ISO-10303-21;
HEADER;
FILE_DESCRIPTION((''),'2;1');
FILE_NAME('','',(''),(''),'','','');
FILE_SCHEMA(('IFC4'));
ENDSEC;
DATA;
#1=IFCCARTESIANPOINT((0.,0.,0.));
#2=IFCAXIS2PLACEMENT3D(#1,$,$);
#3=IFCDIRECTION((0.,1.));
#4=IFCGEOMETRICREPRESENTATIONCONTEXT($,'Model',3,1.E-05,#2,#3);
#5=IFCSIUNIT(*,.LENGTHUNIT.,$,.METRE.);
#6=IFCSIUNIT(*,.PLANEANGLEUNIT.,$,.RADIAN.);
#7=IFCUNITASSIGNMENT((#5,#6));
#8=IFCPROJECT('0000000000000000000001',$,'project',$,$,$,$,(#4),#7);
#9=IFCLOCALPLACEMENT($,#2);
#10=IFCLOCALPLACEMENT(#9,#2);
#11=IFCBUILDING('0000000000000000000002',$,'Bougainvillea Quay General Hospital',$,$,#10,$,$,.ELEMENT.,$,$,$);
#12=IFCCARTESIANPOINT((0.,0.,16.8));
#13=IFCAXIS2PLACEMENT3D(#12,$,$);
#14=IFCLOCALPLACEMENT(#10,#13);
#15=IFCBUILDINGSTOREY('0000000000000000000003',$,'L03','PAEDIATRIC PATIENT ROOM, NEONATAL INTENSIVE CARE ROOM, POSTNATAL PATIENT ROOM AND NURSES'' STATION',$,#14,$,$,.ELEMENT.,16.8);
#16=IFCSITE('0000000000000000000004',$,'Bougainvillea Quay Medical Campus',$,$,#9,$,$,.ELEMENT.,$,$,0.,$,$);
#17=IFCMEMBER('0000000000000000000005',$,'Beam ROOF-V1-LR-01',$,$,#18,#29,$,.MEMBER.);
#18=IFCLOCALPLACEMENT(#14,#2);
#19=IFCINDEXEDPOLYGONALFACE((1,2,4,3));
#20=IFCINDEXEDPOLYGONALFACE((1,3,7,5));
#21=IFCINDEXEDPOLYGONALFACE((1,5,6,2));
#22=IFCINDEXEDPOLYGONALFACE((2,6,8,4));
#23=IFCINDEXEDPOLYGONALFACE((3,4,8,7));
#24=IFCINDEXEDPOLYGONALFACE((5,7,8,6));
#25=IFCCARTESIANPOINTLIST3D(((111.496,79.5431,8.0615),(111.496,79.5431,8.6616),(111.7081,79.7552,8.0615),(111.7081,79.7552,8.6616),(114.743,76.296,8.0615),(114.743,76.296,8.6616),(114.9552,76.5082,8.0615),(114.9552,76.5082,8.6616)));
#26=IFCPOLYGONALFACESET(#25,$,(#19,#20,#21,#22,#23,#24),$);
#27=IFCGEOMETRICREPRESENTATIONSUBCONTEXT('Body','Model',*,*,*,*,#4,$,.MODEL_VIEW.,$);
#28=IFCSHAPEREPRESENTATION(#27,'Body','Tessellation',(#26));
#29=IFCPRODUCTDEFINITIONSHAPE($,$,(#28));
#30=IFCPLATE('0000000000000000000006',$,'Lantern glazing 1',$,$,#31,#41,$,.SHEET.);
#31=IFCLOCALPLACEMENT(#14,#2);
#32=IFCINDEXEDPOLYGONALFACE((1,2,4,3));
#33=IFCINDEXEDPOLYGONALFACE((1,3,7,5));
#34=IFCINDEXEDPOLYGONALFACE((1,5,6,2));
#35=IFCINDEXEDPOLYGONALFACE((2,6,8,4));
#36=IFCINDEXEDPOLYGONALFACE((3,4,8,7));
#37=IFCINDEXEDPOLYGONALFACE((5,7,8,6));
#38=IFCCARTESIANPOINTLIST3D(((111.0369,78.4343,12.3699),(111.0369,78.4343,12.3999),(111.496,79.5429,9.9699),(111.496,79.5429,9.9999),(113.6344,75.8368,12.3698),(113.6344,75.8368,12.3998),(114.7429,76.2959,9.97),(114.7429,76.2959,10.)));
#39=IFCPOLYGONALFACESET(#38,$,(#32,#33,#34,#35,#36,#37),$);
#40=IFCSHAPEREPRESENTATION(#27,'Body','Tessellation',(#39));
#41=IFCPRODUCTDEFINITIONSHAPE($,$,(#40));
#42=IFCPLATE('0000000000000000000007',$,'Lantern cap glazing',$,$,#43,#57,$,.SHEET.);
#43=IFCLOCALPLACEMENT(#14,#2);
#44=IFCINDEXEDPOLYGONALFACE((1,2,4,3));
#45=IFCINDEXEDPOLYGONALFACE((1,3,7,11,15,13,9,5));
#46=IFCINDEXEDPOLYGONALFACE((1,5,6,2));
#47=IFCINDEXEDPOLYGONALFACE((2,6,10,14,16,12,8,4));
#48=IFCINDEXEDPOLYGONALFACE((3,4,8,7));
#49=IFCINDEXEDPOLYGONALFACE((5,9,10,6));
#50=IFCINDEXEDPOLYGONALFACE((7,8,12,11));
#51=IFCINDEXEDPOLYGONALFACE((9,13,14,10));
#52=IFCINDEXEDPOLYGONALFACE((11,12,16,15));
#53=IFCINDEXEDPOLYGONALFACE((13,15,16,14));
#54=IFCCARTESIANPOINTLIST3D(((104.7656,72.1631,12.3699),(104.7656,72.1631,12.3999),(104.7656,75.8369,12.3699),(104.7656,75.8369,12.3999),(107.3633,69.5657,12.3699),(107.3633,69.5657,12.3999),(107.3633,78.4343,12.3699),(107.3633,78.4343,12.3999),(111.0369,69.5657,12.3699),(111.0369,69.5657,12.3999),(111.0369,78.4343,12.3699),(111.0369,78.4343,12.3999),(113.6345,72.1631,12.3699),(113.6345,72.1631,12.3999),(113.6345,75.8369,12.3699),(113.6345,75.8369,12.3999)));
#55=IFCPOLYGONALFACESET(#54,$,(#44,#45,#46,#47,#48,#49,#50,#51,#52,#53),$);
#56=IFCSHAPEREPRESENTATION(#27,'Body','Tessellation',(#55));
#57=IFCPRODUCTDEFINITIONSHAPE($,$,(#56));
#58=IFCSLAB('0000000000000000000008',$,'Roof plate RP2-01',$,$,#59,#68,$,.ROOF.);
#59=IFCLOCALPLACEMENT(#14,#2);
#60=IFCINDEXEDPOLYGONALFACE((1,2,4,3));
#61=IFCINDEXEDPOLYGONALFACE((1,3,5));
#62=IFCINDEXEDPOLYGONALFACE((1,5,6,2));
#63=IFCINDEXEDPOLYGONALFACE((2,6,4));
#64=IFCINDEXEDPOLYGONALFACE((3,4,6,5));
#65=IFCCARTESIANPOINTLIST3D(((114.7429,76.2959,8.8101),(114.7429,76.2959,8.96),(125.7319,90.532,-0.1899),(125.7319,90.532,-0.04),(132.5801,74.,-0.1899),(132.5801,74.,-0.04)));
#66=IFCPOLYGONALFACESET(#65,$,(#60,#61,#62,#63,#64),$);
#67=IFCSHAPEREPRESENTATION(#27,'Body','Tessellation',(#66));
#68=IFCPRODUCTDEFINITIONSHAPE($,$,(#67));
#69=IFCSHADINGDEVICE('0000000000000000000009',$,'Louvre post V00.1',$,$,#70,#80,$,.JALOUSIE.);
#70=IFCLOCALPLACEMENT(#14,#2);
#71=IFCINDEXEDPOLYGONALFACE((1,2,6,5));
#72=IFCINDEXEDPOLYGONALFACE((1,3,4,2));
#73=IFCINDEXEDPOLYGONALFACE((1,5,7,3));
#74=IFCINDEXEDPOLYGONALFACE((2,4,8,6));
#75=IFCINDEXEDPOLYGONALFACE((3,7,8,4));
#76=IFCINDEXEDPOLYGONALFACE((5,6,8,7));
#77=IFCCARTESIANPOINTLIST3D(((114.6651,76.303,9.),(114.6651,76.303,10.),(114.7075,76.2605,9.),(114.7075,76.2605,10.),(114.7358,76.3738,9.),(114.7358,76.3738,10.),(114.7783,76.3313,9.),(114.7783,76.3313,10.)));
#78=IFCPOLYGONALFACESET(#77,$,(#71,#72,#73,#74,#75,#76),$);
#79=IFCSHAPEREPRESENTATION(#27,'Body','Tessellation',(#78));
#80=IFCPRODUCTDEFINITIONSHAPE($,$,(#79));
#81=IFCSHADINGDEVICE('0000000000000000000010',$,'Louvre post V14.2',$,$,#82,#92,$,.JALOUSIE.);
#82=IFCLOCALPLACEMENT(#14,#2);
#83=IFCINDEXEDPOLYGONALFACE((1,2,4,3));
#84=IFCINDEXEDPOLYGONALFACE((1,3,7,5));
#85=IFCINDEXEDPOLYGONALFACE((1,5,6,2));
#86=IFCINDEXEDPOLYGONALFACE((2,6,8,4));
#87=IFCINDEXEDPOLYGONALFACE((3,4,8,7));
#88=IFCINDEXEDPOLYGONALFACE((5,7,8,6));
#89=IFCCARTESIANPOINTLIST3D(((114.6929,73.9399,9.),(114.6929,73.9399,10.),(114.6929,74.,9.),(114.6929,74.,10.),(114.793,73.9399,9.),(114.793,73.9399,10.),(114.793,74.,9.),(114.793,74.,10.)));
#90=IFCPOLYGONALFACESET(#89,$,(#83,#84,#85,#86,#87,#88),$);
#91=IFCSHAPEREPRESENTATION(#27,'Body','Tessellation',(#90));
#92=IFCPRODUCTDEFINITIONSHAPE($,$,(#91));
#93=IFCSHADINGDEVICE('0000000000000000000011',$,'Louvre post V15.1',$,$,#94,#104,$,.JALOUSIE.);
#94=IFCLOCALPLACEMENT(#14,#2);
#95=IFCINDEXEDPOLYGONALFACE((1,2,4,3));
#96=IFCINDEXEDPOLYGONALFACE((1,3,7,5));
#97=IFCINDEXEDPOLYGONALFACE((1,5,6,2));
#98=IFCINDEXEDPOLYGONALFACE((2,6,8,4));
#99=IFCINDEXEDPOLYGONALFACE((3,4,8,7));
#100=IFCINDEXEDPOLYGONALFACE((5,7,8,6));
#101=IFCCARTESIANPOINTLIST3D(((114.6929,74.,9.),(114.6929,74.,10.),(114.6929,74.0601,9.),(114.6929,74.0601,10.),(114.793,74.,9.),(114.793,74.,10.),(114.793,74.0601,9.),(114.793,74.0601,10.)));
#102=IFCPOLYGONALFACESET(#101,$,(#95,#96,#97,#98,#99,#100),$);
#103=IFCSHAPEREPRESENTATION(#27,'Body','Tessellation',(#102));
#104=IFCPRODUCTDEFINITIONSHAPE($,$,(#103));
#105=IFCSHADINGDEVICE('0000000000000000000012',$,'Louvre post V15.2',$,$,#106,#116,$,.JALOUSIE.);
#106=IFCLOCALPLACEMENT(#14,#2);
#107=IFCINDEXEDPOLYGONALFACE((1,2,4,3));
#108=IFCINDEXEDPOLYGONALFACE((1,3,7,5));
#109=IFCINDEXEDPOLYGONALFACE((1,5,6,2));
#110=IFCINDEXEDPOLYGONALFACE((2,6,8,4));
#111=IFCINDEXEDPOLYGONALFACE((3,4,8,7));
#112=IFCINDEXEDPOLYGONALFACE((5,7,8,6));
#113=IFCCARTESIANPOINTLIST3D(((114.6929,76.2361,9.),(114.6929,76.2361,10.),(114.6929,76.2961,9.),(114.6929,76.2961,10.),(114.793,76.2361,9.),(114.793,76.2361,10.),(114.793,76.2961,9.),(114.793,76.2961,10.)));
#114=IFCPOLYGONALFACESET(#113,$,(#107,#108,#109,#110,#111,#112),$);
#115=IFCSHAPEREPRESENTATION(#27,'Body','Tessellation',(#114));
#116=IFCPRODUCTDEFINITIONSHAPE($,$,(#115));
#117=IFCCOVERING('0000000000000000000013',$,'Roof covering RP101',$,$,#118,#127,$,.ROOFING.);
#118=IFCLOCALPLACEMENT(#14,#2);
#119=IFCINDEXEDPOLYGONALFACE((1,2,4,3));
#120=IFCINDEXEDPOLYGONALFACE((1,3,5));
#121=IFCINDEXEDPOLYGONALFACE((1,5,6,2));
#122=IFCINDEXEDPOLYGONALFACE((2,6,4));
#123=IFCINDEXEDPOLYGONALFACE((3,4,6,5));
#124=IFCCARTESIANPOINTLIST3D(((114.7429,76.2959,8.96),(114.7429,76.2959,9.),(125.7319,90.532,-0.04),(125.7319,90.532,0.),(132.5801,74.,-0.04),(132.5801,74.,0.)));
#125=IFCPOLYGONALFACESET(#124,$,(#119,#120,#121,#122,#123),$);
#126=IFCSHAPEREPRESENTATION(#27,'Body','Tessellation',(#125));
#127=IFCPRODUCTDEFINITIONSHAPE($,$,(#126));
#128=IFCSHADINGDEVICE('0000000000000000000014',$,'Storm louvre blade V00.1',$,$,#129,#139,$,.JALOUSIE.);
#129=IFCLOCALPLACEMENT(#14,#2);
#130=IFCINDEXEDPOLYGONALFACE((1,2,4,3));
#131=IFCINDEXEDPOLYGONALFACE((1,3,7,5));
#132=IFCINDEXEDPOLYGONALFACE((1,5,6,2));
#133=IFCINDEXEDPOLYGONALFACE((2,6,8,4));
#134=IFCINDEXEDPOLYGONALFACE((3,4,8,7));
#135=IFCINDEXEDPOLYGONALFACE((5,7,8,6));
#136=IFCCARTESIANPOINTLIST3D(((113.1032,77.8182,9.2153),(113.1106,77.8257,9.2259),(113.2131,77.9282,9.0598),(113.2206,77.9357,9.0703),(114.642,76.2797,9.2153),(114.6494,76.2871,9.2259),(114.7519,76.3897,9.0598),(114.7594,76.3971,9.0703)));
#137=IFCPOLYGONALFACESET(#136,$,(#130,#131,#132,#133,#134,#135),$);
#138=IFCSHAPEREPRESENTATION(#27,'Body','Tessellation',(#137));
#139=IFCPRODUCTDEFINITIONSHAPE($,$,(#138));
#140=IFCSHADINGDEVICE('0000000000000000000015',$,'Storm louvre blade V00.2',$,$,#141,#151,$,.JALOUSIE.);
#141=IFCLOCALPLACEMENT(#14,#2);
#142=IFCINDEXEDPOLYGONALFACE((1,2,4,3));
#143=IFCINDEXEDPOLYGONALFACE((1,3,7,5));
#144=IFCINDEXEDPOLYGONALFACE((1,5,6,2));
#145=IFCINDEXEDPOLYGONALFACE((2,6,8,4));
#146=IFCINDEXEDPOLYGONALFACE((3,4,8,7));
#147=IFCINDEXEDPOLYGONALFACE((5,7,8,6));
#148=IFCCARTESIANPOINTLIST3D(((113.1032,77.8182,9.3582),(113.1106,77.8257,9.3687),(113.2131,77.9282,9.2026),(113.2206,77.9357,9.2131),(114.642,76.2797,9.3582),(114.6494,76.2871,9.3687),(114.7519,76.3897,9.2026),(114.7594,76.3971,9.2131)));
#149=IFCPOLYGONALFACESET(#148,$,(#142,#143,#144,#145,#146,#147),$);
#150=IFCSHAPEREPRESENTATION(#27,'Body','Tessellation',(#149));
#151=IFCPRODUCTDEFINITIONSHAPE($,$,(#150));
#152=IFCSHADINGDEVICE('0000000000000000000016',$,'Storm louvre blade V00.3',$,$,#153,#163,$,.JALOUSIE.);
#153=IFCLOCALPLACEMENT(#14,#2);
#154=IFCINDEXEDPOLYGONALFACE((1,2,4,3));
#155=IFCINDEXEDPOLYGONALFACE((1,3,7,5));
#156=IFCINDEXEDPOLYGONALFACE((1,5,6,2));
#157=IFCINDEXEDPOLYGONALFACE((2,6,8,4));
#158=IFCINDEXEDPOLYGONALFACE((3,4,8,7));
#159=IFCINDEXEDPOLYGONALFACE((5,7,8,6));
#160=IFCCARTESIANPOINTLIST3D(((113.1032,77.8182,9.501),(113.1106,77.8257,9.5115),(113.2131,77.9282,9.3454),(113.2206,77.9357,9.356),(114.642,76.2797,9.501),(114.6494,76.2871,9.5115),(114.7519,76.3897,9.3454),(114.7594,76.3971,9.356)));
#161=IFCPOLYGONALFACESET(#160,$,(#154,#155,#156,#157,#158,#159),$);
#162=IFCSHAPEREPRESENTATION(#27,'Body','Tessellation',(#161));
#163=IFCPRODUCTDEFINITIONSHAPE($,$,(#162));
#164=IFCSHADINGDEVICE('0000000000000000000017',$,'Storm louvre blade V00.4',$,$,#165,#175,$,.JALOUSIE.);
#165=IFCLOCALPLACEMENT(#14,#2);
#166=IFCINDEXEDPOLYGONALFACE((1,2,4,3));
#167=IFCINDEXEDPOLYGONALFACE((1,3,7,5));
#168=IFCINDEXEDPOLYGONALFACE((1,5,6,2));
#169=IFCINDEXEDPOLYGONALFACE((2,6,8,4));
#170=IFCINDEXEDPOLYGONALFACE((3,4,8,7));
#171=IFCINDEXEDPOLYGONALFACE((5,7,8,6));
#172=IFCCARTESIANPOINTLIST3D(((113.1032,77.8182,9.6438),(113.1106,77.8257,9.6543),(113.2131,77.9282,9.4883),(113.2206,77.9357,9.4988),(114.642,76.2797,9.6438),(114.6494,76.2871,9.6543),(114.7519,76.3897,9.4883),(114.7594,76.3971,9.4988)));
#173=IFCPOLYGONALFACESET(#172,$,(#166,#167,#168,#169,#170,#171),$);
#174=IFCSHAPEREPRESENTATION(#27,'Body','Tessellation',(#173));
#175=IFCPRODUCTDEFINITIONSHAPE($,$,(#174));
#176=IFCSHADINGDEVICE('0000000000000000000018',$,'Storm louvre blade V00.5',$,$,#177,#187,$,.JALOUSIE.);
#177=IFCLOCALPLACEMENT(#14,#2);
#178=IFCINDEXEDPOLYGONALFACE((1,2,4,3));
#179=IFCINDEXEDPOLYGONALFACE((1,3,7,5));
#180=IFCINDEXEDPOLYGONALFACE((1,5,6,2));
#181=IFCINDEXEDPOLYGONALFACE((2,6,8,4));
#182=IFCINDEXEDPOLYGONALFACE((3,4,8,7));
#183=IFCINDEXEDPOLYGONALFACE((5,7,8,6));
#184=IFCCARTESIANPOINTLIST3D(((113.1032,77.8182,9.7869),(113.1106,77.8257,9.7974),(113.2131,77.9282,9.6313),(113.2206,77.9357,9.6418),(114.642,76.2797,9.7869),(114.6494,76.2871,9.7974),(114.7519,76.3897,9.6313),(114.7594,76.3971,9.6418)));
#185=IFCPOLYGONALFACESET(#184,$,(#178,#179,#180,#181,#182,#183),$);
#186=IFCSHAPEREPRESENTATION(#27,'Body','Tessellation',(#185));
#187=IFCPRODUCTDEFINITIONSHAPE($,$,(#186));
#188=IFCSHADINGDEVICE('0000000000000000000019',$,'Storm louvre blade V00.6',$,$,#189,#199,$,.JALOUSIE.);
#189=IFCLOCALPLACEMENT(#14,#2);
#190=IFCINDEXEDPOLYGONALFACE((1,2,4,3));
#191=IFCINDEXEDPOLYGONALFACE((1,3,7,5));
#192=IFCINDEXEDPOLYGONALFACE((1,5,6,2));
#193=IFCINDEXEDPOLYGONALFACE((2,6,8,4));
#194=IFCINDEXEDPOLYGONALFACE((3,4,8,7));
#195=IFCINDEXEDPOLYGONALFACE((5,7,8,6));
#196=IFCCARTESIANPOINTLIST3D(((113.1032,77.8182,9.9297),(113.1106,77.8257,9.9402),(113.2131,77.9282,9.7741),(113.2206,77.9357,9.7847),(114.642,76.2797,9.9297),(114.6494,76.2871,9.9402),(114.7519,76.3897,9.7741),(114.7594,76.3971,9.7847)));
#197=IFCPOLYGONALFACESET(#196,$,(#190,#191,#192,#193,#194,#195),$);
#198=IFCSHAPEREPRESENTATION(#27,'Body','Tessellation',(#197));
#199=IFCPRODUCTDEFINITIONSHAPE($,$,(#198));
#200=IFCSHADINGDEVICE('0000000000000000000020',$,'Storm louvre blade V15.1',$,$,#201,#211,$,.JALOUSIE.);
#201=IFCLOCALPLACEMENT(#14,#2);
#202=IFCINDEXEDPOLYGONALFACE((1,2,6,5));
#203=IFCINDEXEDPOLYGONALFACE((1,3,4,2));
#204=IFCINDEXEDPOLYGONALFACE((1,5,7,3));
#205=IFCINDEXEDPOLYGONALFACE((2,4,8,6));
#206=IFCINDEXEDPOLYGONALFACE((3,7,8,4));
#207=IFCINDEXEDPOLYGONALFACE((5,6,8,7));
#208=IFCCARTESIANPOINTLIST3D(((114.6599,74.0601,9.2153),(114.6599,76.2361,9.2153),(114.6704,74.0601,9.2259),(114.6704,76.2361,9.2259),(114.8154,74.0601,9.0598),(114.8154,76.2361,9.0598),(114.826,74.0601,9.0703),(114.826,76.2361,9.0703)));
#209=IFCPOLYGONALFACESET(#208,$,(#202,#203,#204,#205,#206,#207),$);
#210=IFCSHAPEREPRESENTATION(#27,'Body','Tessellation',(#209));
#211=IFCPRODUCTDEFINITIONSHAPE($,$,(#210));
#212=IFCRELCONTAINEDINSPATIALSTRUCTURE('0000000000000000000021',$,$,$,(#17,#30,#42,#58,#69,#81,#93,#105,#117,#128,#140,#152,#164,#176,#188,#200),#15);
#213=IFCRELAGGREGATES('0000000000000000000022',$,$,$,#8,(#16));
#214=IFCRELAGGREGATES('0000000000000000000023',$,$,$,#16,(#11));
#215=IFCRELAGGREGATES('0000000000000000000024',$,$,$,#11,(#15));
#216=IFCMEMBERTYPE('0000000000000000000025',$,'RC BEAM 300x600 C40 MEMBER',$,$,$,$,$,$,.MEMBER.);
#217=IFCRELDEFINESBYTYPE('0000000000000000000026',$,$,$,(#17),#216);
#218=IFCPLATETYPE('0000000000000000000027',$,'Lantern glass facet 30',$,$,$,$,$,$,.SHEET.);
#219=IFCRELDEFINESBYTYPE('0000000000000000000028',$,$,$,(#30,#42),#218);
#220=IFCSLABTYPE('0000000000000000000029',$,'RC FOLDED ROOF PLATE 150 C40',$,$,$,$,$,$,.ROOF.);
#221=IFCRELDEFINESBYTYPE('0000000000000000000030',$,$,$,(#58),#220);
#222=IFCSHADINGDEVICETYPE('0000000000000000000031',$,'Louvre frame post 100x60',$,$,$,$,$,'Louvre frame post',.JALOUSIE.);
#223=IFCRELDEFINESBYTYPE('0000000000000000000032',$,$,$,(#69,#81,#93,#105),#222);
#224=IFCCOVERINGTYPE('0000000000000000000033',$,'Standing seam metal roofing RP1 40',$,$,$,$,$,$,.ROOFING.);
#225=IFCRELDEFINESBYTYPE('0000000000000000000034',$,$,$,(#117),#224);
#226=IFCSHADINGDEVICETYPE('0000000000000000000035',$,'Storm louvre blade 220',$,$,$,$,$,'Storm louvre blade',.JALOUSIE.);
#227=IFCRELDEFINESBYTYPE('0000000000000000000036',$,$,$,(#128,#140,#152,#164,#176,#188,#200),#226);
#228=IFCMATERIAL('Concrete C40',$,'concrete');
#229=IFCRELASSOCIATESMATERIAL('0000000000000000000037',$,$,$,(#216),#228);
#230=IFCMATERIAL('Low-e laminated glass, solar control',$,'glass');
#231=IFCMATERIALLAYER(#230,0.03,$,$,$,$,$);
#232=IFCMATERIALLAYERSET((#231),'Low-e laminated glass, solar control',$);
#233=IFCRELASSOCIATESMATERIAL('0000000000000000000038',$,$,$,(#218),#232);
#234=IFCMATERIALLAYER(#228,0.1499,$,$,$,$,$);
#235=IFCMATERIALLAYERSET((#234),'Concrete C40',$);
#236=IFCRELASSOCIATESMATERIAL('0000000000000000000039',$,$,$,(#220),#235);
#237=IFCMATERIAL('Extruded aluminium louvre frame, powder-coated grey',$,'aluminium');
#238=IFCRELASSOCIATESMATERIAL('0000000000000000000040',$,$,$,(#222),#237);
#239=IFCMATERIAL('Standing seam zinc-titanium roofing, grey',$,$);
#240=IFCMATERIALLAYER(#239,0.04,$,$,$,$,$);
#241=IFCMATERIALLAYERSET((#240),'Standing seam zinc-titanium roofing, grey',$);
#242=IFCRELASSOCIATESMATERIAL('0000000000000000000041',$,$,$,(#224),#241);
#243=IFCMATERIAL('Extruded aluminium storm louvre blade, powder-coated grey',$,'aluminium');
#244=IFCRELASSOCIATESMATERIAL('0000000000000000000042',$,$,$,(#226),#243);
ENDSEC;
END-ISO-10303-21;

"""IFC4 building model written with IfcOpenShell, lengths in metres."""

from ifc_helpers import new_model, si_unit, direction, frame, origin, origin_2d, place, context, subcontext, project, spatial, polyline, rectangle, outline, extrude, material, layer, layer_set, material_profile, profile_set, type_object, element, save


model = new_model("IFC4")

# Units and contexts
model_context = context("Model", 3, precision=1e-05, world=origin(), true_north=direction((0.0, 1.0)))
body_context = subcontext(model_context, "Body", "Model", "MODEL_VIEW")
ifc_project = project(units=[si_unit("LENGTHUNIT", "METRE"), si_unit("PLANEANGLEUNIT", "RADIAN")], contexts=[model_context])

# Site, building, storey
site_placement = place(None, origin())
site = spatial("IfcSite", under=ifc_project, at=site_placement, Name="Bougainvillea Quay Medical Campus", CompositionType="ELEMENT", RefElevation=0.0)
building_placement = place(site_placement, origin())
building = spatial("IfcBuilding", under=site, at=building_placement, Name="Bougainvillea Quay General Hospital", CompositionType="ELEMENT")
storey_placement = place(building_placement, frame((0.0, 0.0, 16.8)))
storey = spatial("IfcBuildingStorey", under=building, at=storey_placement, Name="L03", Description="PAEDIATRIC PATIENT ROOM, NEONATAL INTENSIVE CARE ROOM, POSTNATAL PATIENT ROOM AND NURSES' STATION", CompositionType="ELEMENT", Elevation=16.8)

# Member
ifc_material_1 = material(Name="Concrete C40", Category="concrete")
ifc_material_profile_1 = material_profile(ifc_material_1, rectangle(XDim=0.3, YDim=0.6001, at=origin_2d()))
ifc_profile_set_1 = profile_set([ifc_material_profile_1], Name="Concrete C40")
member_type = type_object("IfcMemberType", Name="RC BEAM 300x600 C40 MEMBER", PredefinedType="MEMBER", material=ifc_profile_set_1)
member_placement = place(storey_placement, frame((114.8491, 76.4021, 8.3616), z_axis=(-0.707107, 0.707107, 0.0), x_axis=(-0.707107, -0.707107, 0.0)))
element("IfcMember", 1, at=member_placement, inside=storey, type_object=member_type, Name="Beam ROOF-V1-LR-01", PredefinedType="MEMBER", context=body_context, shape_type="SweptSolid", body=[
    extrude(rectangle(XDim=0.3, YDim=0.6001, at=origin_2d()), origin(), (0.0, 0.0, 1.0), 4.592),
])

# Plates
ifc_material_2 = material(Name="Low-e laminated glass, solar control", Category="glass")
ifc_layer_1 = layer(ifc_material_2, 0.03)
ifc_layer_set_1 = layer_set([ifc_layer_1], Name="Low-e laminated glass, solar control")
plate_type = type_object("IfcPlateType", Name="Lantern glass facet 30", PredefinedType="SHEET", material=ifc_layer_set_1)
plate_1_placement = place(storey_placement, frame((114.7429, 76.2959, 10.0), z_axis=(0.641939, 0.641939, 0.419318), x_axis=(-0.707102, 0.707111, -0.000014)))
element("IfcPlate", 2, at=plate_1_placement, inside=storey, type_object=plate_type, Name="Lantern glazing 1", PredefinedType="SHEET", context=body_context, shape_type="SweptSolid", body=[
    extrude(outline(polyline([(0.0, 0.0), (4.5919, 0.0), (4.1326, 2.6436), (0.4592, 2.6435), (0.0, 0.0)])), origin(), (0.000014, -0.90784, -0.419318), 0.03),
])
plate_2_placement = place(storey_placement, frame((113.6345, 75.8369, 12.3999), z_axis=(0.0, 0.0, 1.0), x_axis=(-0.70714, 0.707074, 0.0)))
element("IfcPlate", 3, at=plate_2_placement, inside=storey, type_object=plate_type, Name="Lantern cap glazing", PredefinedType="SHEET", context=body_context, shape_type="SweptSolid", body=[
    extrude(outline(polyline([(0.0, 0.0), (3.6735, 0.0), (6.2712, 2.5975), (6.2716, 6.271), (3.6739, 8.8689), (0.0004, 8.8689), (-2.5973, 6.2714), (-2.5977, 2.5979), (0.0, 0.0)])), origin(), (0.0, 0.0, -1.0), 0.03),
])

# Slab
ifc_layer_2 = layer(ifc_material_1, 0.1499)
ifc_layer_set_2 = layer_set([ifc_layer_2], Name="Concrete C40")
slab_type = type_object("IfcSlabType", Name="RC FOLDED ROOF PLATE 150 C40", PredefinedType="ROOF", material=ifc_layer_set_2)
slab_placement = place(storey_placement, frame((114.7429, 76.2959, 8.96), z_axis=(0.461666, 0.191239, 0.866194), x_axis=(0.886954, -0.114164, -0.447526)))
element("IfcSlab", 4, at=slab_placement, inside=storey, type_object=slab_type, Name="Roof plate RP2-01", PredefinedType="ROOF", context=body_context, shape_type="SweptSolid", body=[
    extrude(outline(polyline([(0.0, 0.0), (20.1106, 0.0), (12.1492, 16.0256), (0.0, 0.0)])), origin(), (0.447526, 0.222326, -0.866194), 0.1499),
])

# Shading devices
ifc_material_3 = material(Name="Extruded aluminium louvre frame, powder-coated grey", Category="aluminium")
ifc_material_profile_2 = material_profile(ifc_material_3, rectangle(XDim=0.1001, YDim=0.0601, at=origin_2d()))
ifc_profile_set_2 = profile_set([ifc_material_profile_2], Name="Extruded aluminium louvre frame, powder-coated grey")
shading_device_type_1 = type_object("IfcShadingDeviceType", Name="Louvre frame post 100x60", ElementType="Louvre frame post", PredefinedType="JALOUSIE", material=ifc_profile_set_2)
for number, where, z_axis, x_axis, name in (
    (5, (114.7217, 76.3171, 9.0), (0.0, 0.0, 1.0), (-0.707107, -0.707107, 0.0), "Louvre post V00.1"),
    (6, (114.7429, 73.97, 9.0), (0.0, 0.0, 1.0), (-1.0, 0.0, 0.0), "Louvre post V14.2"),
    (7, (114.7429, 74.03, 9.0), (0.0, 0.0, 1.0), (-1.0, 0.0, 0.0), "Louvre post V15.1"),
    (8, (114.7429, 76.2661, 9.0), (0.0, 0.0, 1.0), (-1.0, 0.0, 0.0), "Louvre post V15.2"),
):
    element("IfcShadingDevice", number, at=place(storey_placement, frame(where, z_axis=z_axis, x_axis=x_axis)), inside=storey, type_object=shading_device_type_1, Name=name, PredefinedType="JALOUSIE", context=body_context, shape_type="SweptSolid", body=[
        extrude(rectangle(XDim=0.1001, YDim=0.0601, at=origin_2d()), origin(), (0.0, 0.0, 1.0), 1.0),
    ])

# Covering
ifc_material_4 = material(Name="Standing seam zinc-titanium roofing, grey")
ifc_layer_3 = layer(ifc_material_4, 0.04)
ifc_layer_set_3 = layer_set([ifc_layer_3], Name="Standing seam zinc-titanium roofing, grey")
covering_type = type_object("IfcCoveringType", Name="Standing seam metal roofing RP1 40", PredefinedType="ROOFING", material=ifc_layer_set_3)
covering_placement = place(storey_placement, frame((114.7429, 76.2959, 9.0), z_axis=(0.461666, 0.191239, 0.866194), x_axis=(0.886954, -0.114164, -0.447526)))
element("IfcCovering", 9, at=covering_placement, inside=storey, type_object=covering_type, Name="Roof covering RP101", PredefinedType="ROOFING", context=body_context, shape_type="SweptSolid", body=[
    extrude(outline(polyline([(0.0, 0.0), (20.1106, 0.0), (12.1492, 16.0256), (0.0, 0.0)])), origin(), (0.447526, 0.222326, -0.866194), 0.04),
])

# Shading devices
ifc_material_5 = material(Name="Extruded aluminium storm louvre blade, powder-coated grey", Category="aluminium")
ifc_material_profile_3 = material_profile(ifc_material_5, rectangle(XDim=0.22, YDim=0.0149, at=origin_2d()))
ifc_profile_set_3 = profile_set([ifc_material_profile_3], Name="Extruded aluminium storm louvre blade, powder-coated grey")
shading_device_type_2 = type_object("IfcShadingDeviceType", Name="Storm louvre blade 220", ElementType="Storm louvre blade", PredefinedType="JALOUSIE", material=ifc_profile_set_3)
for number, where, z_axis, x_axis, name in (
    (10, (114.7007, 76.3384, 9.1428), (-0.707163, 0.707051, 0.0), (-0.49996, -0.50004, 0.707107), "Storm louvre blade V00.1"),
    (11, (114.7007, 76.3384, 9.2856), (-0.707163, 0.707051, 0.0), (-0.49996, -0.50004, 0.707107), "Storm louvre blade V00.2"),
    (12, (114.7007, 76.3384, 9.4285), (-0.707163, 0.707051, 0.0), (-0.49996, -0.50004, 0.707107), "Storm louvre blade V00.3"),
    (13, (114.7007, 76.3384, 9.5713), (-0.707163, 0.707051, 0.0), (-0.49996, -0.50004, 0.707107), "Storm louvre blade V00.4"),
    (14, (114.7007, 76.3384, 9.7144), (-0.707163, 0.707051, 0.0), (-0.49996, -0.50004, 0.707107), "Storm louvre blade V00.5"),
    (15, (114.7007, 76.3384, 9.8572), (-0.707163, 0.707051, 0.0), (-0.49996, -0.50004, 0.707107), "Storm louvre blade V00.6"),
    (16, (114.7429, 74.0601, 9.1428), (0.0, 1.0, 0.0), (-0.707107, 0.0, 0.707107), "Storm louvre blade V15.1"),
):
    element("IfcShadingDevice", number, at=place(storey_placement, frame(where, z_axis=z_axis, x_axis=x_axis)), inside=storey, type_object=shading_device_type_2, Name=name, PredefinedType="JALOUSIE", context=body_context, shape_type="SweptSolid", body=[
        extrude(rectangle(XDim=0.22, YDim=0.0149, at=origin_2d()), origin(), (0.0, 0.0, 1.0), 2.176),
    ])

save(model, "model.ifc")
